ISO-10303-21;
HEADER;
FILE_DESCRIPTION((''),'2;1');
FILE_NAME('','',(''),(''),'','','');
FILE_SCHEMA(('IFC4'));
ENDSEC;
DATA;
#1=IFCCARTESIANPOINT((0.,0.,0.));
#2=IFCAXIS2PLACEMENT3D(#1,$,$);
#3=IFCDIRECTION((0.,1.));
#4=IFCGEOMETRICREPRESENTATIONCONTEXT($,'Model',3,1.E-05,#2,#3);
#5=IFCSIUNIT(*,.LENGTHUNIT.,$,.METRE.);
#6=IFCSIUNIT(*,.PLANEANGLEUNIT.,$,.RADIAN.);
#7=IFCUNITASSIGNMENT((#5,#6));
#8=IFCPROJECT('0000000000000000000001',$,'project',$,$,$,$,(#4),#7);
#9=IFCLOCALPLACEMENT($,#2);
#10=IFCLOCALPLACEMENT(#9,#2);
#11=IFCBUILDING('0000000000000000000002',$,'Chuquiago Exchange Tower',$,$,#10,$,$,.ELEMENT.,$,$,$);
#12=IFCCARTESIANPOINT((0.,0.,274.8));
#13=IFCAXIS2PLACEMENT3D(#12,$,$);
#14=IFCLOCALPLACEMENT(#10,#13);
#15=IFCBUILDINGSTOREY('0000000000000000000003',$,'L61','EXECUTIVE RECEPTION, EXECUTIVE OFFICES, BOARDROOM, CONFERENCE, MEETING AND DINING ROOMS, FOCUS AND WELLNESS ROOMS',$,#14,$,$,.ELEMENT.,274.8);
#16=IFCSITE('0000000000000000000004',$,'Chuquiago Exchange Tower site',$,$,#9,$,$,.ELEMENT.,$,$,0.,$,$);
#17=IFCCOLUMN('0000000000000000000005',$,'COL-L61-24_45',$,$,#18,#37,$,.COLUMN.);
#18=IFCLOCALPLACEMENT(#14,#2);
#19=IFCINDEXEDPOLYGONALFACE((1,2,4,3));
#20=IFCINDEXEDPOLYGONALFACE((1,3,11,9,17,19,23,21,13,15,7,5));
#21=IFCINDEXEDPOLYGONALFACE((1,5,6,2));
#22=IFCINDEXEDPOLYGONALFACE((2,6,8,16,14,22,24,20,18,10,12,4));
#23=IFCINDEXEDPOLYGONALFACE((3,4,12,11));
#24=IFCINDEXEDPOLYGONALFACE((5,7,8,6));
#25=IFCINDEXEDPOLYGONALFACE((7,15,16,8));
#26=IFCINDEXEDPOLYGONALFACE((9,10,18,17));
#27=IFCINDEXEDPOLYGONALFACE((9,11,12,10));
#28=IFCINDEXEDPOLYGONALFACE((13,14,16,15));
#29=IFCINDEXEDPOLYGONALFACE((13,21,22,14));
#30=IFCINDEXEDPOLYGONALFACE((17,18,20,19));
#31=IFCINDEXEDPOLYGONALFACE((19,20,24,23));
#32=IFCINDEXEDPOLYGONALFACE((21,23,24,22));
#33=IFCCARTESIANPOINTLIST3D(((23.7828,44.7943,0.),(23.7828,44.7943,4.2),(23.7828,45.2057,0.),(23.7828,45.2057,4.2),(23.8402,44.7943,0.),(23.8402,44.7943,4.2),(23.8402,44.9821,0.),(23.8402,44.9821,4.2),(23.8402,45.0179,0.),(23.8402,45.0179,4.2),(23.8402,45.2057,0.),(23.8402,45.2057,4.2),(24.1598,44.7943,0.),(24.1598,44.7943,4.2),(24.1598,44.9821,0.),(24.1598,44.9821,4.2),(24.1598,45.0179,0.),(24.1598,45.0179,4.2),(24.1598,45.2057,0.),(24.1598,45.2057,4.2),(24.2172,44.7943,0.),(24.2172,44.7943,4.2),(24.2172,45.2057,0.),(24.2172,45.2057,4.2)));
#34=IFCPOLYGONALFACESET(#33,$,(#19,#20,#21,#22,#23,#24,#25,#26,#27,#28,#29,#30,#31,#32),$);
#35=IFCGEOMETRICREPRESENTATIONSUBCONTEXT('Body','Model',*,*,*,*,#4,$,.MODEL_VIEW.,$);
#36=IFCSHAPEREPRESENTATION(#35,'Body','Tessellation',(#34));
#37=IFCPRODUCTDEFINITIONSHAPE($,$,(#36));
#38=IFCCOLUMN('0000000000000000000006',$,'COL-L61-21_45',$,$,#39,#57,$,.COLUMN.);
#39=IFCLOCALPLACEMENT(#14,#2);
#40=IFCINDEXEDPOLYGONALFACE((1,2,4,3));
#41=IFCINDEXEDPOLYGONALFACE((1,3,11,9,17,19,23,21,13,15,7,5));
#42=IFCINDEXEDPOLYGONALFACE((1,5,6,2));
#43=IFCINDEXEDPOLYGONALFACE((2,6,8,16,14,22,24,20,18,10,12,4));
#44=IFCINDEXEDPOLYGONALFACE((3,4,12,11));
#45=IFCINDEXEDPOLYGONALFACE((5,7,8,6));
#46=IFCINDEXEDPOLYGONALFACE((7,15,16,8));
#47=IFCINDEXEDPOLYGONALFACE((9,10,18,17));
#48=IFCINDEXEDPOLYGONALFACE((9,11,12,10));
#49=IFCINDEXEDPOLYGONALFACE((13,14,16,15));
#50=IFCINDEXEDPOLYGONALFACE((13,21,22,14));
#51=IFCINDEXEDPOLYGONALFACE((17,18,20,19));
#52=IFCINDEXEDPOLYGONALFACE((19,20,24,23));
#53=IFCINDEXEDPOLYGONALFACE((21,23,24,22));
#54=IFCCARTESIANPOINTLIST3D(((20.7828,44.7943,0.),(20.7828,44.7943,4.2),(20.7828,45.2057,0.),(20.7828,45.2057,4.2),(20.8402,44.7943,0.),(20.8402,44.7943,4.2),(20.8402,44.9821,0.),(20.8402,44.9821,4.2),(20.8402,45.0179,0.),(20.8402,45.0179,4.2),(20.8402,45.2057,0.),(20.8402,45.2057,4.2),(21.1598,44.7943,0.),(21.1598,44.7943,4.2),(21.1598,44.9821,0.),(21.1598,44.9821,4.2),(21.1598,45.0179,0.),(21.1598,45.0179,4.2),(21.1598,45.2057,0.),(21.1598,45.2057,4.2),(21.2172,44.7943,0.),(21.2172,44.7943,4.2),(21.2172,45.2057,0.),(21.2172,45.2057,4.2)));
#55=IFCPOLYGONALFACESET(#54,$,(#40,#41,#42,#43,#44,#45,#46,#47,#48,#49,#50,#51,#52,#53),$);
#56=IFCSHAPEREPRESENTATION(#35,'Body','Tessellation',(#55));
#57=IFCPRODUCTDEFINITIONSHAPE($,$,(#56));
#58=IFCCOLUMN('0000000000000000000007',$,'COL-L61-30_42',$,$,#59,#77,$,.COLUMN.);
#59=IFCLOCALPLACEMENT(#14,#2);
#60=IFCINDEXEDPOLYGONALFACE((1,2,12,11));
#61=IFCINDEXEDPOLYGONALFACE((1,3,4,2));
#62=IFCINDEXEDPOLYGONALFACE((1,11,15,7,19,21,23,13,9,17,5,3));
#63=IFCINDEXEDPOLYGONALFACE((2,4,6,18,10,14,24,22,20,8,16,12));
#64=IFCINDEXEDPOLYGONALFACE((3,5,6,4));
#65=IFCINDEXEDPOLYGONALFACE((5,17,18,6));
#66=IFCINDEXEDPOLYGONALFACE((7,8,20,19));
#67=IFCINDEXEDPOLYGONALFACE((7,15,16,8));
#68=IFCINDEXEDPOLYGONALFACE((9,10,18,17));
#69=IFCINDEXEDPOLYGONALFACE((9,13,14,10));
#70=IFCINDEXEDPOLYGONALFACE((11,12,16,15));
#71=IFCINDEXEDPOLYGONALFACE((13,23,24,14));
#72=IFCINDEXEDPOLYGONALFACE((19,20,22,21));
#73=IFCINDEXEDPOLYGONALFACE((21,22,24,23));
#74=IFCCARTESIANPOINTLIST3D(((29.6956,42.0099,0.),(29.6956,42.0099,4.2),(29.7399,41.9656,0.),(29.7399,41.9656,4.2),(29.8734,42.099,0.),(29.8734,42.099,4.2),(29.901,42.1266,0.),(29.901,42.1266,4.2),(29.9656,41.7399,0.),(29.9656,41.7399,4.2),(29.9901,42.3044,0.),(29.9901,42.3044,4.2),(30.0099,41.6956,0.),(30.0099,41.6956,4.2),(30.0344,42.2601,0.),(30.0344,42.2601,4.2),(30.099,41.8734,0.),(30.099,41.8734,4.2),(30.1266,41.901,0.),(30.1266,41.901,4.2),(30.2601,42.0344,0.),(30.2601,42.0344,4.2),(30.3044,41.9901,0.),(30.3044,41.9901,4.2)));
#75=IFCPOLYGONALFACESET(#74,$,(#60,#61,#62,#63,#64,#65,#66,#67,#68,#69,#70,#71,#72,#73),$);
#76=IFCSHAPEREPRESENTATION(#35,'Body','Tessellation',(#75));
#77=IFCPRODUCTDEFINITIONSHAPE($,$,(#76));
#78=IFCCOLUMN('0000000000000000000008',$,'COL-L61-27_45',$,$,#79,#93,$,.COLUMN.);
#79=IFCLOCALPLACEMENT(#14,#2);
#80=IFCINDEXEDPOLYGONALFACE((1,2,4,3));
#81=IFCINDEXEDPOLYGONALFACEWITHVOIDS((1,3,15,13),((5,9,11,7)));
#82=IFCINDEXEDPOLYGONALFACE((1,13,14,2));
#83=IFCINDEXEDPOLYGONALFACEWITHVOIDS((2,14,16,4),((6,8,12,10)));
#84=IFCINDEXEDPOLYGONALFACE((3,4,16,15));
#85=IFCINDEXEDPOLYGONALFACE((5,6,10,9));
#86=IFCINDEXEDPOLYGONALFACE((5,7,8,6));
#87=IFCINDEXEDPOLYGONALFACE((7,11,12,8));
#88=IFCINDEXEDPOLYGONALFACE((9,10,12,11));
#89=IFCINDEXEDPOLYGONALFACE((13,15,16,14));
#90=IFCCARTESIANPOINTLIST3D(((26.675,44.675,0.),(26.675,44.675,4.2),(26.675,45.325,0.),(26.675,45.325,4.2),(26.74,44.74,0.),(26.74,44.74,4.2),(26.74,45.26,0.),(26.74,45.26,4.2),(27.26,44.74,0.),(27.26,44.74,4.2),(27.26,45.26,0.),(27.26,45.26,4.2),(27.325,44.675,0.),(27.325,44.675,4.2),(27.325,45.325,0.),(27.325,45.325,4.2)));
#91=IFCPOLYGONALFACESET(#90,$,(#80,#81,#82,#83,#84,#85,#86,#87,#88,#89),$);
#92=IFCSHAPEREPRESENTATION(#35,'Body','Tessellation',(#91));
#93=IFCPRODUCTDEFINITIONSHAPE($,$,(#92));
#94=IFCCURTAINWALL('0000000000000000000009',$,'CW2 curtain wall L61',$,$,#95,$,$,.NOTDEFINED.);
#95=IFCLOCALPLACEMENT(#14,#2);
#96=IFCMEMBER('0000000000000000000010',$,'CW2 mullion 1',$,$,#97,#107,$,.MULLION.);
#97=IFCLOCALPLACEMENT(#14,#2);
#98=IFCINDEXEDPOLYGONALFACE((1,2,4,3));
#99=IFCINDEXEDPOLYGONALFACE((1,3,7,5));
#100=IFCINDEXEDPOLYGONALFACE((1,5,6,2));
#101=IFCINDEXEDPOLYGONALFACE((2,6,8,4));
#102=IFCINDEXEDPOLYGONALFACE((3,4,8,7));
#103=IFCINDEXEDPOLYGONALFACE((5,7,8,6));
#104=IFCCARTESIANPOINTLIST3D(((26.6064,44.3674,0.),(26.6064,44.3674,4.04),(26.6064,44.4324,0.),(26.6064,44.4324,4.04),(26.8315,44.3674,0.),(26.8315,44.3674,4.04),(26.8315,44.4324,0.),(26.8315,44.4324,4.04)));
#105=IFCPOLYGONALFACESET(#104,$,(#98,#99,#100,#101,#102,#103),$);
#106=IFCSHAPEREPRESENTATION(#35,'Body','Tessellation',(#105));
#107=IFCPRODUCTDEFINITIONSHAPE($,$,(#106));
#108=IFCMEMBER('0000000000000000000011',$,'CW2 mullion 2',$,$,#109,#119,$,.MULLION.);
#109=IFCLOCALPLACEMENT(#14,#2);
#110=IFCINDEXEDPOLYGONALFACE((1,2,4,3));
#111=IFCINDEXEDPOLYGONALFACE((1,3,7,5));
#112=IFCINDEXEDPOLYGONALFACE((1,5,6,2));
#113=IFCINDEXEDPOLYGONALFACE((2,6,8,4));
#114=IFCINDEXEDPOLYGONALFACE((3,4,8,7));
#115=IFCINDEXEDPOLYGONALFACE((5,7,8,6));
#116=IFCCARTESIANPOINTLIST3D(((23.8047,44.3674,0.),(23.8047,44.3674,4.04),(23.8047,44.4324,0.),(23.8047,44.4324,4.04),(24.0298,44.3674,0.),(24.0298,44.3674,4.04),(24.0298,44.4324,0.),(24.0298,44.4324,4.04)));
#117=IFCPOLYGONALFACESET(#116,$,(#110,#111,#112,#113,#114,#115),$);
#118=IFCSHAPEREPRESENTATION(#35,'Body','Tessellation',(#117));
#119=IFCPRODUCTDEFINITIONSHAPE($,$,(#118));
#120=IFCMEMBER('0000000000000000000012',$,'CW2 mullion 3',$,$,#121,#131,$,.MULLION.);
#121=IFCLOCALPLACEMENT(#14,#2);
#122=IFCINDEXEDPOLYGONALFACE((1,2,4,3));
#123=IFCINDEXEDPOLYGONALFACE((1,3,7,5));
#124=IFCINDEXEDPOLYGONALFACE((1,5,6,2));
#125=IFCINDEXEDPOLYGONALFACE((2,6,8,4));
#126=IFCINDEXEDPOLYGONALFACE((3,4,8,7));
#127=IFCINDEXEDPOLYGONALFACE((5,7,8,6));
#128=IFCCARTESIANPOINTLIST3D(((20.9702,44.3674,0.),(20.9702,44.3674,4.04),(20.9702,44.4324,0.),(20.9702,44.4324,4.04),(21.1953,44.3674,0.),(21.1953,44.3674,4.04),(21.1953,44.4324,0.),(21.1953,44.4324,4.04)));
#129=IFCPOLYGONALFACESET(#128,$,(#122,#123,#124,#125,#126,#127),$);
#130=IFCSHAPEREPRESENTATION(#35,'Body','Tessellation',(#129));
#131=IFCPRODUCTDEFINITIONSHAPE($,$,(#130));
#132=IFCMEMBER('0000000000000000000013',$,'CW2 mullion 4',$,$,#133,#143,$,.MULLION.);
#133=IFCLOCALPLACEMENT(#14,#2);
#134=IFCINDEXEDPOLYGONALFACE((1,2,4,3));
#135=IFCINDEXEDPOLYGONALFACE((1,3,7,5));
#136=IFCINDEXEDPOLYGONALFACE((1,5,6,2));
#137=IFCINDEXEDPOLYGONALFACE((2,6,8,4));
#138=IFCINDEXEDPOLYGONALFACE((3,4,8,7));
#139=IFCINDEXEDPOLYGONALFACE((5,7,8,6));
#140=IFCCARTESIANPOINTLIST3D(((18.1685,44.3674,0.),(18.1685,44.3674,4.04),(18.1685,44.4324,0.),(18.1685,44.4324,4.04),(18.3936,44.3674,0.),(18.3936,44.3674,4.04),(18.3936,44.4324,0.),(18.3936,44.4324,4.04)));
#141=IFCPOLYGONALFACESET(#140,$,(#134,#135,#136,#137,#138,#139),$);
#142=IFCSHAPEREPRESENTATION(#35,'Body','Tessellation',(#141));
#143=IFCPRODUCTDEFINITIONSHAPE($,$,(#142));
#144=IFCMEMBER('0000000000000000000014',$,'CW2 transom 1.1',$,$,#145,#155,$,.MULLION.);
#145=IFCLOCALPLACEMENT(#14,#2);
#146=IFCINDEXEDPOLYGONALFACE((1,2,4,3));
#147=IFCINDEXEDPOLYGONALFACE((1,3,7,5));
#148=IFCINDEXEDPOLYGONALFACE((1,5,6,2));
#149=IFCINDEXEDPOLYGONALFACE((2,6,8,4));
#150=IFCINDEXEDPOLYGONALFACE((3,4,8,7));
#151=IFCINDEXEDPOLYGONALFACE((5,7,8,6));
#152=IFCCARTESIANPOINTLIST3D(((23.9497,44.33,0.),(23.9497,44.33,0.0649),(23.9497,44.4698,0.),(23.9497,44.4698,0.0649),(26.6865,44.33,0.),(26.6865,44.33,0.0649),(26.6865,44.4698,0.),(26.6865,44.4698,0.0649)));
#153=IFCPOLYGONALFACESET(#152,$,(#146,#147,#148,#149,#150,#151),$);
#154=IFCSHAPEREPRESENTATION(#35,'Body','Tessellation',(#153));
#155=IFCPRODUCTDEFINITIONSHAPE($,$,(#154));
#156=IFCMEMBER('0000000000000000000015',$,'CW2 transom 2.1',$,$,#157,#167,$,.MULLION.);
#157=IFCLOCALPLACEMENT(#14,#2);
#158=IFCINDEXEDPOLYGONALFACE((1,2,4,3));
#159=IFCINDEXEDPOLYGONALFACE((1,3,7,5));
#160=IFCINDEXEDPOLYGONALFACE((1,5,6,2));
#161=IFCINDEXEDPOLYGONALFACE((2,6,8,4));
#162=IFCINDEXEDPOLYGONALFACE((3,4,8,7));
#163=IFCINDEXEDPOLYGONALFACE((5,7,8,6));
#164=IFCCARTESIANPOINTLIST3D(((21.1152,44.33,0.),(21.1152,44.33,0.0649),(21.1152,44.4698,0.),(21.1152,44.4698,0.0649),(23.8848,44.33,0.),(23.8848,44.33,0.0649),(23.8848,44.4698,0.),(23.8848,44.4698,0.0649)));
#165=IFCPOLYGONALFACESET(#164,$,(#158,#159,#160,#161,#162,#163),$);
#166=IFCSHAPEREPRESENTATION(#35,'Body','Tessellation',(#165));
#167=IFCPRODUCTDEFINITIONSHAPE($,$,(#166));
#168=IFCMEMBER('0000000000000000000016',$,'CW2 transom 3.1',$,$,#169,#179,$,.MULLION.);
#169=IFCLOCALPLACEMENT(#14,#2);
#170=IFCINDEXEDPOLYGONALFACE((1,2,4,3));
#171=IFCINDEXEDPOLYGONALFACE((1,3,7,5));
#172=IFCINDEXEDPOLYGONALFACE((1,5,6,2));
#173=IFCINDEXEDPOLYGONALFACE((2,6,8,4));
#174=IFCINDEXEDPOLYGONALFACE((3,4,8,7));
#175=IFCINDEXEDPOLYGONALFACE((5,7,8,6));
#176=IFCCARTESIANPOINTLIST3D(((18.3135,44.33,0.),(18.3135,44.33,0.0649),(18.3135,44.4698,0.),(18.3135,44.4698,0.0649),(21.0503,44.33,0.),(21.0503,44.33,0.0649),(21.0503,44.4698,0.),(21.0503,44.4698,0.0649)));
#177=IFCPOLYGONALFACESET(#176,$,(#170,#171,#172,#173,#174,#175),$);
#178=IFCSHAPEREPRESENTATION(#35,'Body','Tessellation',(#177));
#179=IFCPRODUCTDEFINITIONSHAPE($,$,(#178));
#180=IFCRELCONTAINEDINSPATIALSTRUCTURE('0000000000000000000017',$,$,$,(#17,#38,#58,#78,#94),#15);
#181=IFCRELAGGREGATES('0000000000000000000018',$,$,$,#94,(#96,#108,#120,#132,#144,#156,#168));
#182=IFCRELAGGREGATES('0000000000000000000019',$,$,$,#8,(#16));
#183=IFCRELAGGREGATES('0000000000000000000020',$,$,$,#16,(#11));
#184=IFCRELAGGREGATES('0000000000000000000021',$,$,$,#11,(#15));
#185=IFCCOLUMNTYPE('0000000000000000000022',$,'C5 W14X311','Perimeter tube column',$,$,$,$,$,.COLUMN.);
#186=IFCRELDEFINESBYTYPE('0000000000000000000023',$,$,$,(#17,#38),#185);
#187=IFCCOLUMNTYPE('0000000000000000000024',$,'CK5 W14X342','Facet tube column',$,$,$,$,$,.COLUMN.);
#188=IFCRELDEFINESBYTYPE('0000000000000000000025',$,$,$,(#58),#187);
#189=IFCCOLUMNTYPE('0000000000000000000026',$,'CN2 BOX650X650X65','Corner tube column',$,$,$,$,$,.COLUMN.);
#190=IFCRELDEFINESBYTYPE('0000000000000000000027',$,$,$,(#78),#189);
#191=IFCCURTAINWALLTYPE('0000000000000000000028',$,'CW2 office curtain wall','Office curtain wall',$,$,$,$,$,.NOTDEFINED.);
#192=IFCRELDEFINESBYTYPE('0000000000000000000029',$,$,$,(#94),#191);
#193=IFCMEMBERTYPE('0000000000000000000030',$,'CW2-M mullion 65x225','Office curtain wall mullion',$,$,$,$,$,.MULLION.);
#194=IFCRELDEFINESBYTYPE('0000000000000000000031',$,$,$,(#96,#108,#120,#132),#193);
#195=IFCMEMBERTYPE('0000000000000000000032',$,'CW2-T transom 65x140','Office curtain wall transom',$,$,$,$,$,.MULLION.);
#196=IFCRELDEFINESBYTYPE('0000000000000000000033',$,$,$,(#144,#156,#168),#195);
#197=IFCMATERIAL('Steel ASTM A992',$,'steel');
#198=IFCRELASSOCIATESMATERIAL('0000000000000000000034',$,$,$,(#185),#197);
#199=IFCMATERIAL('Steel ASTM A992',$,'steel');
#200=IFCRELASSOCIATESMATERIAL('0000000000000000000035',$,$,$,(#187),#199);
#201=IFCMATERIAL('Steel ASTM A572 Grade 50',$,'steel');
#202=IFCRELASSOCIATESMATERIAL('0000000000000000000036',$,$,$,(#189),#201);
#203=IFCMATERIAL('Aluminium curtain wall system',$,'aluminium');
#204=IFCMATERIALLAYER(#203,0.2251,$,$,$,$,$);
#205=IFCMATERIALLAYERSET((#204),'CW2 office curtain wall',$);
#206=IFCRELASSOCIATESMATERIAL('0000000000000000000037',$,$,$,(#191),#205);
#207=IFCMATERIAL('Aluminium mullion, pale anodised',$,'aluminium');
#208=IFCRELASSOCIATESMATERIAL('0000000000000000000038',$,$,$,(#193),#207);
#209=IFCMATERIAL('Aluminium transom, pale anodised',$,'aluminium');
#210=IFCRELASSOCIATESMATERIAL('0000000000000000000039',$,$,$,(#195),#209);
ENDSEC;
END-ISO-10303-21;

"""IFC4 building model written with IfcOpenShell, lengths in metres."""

from ifc_helpers import new_model, si_unit, direction, frame, origin, origin_2d, place, context, subcontext, project, spatial, rectangle, hollow_rectangle, i_section, extrude, material, layer, layer_set, material_profile, profile_set, type_object, element, aggregate, save


model = new_model("IFC4")

# Units and contexts
model_context = context("Model", 3, precision=1e-05, world=origin(), true_north=direction((0.0, 1.0)))
body_context = subcontext(model_context, "Body", "Model", "MODEL_VIEW")
ifc_project = project(units=[si_unit("LENGTHUNIT", "METRE"), si_unit("PLANEANGLEUNIT", "RADIAN")], contexts=[model_context])

# Site, building, storey
site_placement = place(None, origin())
site = spatial("IfcSite", under=ifc_project, at=site_placement, Name="Chuquiago Exchange Tower site", CompositionType="ELEMENT", RefElevation=0.0)
building_placement = place(site_placement, origin())
building = spatial("IfcBuilding", under=site, at=building_placement, Name="Chuquiago Exchange Tower", CompositionType="ELEMENT")
storey_placement = place(building_placement, frame((0.0, 0.0, 274.8)))
storey = spatial("IfcBuildingStorey", under=building, at=storey_placement, Name="L61", Description="EXECUTIVE RECEPTION, EXECUTIVE OFFICES, BOARDROOM, CONFERENCE, MEETING AND DINING ROOMS, FOCUS AND WELLNESS ROOMS", CompositionType="ELEMENT", Elevation=274.8)

# Columns
ifc_material_1 = material(Name="Steel ASTM A992", Category="steel")
ifc_material_profile_1 = material_profile(ifc_material_1, i_section(OverallWidth=0.4114, OverallDepth=0.4343, WebThickness=0.0359, FlangeThickness=0.0574, at=origin_2d()), Name="W14X311")
ifc_profile_set_1 = profile_set([ifc_material_profile_1], Name="Steel ASTM A992")
column_type_1 = type_object("IfcColumnType", Name="C5 W14X311", Description="Perimeter tube column", PredefinedType="COLUMN", material=ifc_profile_set_1)
for number, where, z_axis, x_axis, name in (
    (1, (24.0, 45.0, 0.0), (0.0, 0.0, 1.0), (0.0, 1.0, 0.0), "COL-L61-24_45"),
    (2, (21.0, 45.0, 0.0), (0.0, 0.0, 1.0), (0.0, 1.0, 0.0), "COL-L61-21_45"),
):
    element("IfcColumn", number, at=place(storey_placement, frame(where, z_axis=z_axis, x_axis=x_axis)), inside=storey, type_object=column_type_1, Name=name, PredefinedType="COLUMN", context=body_context, shape_type="SweptSolid", body=[
        extrude(i_section(OverallWidth=0.4114, OverallDepth=0.4343, WebThickness=0.0359, FlangeThickness=0.0574, at=origin_2d()), origin(), (0.0, 0.0, 1.0), 4.2),
    ])
ifc_material_2 = material(Name="Steel ASTM A992", Category="steel")
ifc_material_profile_2 = material_profile(ifc_material_2, i_section(OverallWidth=0.4165, OverallDepth=0.4446, WebThickness=0.0391, FlangeThickness=0.0627, at=origin_2d()), Name="W14X342")
ifc_profile_set_2 = profile_set([ifc_material_profile_2], Name="Steel ASTM A992")
column_type_2 = type_object("IfcColumnType", Name="CK5 W14X342", Description="Facet tube column", PredefinedType="COLUMN", material=ifc_profile_set_2)
column_1_placement = place(storey_placement, frame((30.0, 42.0, 0.0), z_axis=(0.0, 0.0, 1.0), x_axis=(0.707107, 0.707107, 0.0)))
element("IfcColumn", 3, at=column_1_placement, inside=storey, type_object=column_type_2, Name="COL-L61-30_42", PredefinedType="COLUMN", context=body_context, shape_type="SweptSolid", body=[
    extrude(i_section(OverallWidth=0.4165, OverallDepth=0.4446, WebThickness=0.0391, FlangeThickness=0.0627, at=origin_2d()), origin(), (0.0, 0.0, 1.0), 4.2),
])
ifc_material_3 = material(Name="Steel ASTM A572 Grade 50", Category="steel")
ifc_material_profile_3 = material_profile(ifc_material_3, hollow_rectangle(XDim=0.6499, YDim=0.6499, WallThickness=0.0649, at=origin_2d()), Name="BOX650X650X65")
ifc_profile_set_3 = profile_set([ifc_material_profile_3], Name="Steel ASTM A572 Grade 50")
column_type_3 = type_object("IfcColumnType", Name="CN2 BOX650X650X65", Description="Corner tube column", PredefinedType="COLUMN", material=ifc_profile_set_3)
column_2_placement = place(storey_placement, frame((27.0, 45.0, 0.0), z_axis=(0.0, 0.0, 1.0), x_axis=(0.0, 1.0, 0.0)))
element("IfcColumn", 4, at=column_2_placement, inside=storey, type_object=column_type_3, Name="COL-L61-27_45", PredefinedType="COLUMN", context=body_context, shape_type="SweptSolid", body=[
    extrude(hollow_rectangle(XDim=0.6499, YDim=0.6499, WallThickness=0.0649, at=origin_2d()), origin(), (0.0, 0.0, 1.0), 4.2),
])

# Curtain wall, members
ifc_material_4 = material(Name="Aluminium curtain wall system", Category="aluminium")
ifc_layer_1 = layer(ifc_material_4, 0.2251)
ifc_layer_set_1 = layer_set([ifc_layer_1], Name="CW2 office curtain wall")
curtain_wall_type_1 = type_object("IfcCurtainWallType", Name="CW2 office curtain wall", Description="Office curtain wall", PredefinedType="NOTDEFINED", material=ifc_layer_set_1)
curtain_wall_1_placement = place(storey_placement, origin())
curtain_wall_1 = element("IfcCurtainWall", 5, at=curtain_wall_1_placement, inside=storey, type_object=curtain_wall_type_1, Name="CW2 curtain wall L61", PredefinedType="NOTDEFINED")
ifc_material_5 = material(Name="Aluminium mullion, pale anodised", Category="aluminium")
ifc_material_profile_4 = material_profile(ifc_material_5, rectangle(XDim=0.0649, YDim=0.2251, at=origin_2d()), Name="AL 65x225")
ifc_profile_set_4 = profile_set([ifc_material_profile_4], Name="Aluminium mullion, pale anodised")
member_type_1 = type_object("IfcMemberType", Name="CW2-M mullion 65x225", Description="Office curtain wall mullion", PredefinedType="MULLION", material=ifc_profile_set_4)
member_1_placement = place(storey_placement, frame((26.719, 44.3999, 0.0), z_axis=(0.0, 0.0, 1.0), x_axis=(0.0, -1.0, 0.0)))
member_1 = element("IfcMember", 6, at=member_1_placement, type_object=member_type_1, Name="CW2 mullion 1", PredefinedType="MULLION", context=body_context, shape_type="SweptSolid", body=[
    extrude(rectangle(XDim=0.0649, YDim=0.2251, at=origin_2d()), origin(), (0.0, 0.0, 1.0), 4.04),
])
member_2_placement = place(storey_placement, frame((23.9172, 44.3999, 0.0), z_axis=(0.0, 0.0, 1.0), x_axis=(0.0, -1.0, 0.0)))
member_2 = element("IfcMember", 7, at=member_2_placement, type_object=member_type_1, Name="CW2 mullion 2", PredefinedType="MULLION", context=body_context, shape_type="SweptSolid", body=[
    extrude(rectangle(XDim=0.0649, YDim=0.2251, at=origin_2d()), origin(), (0.0, 0.0, 1.0), 4.04),
])
member_3_placement = place(storey_placement, frame((21.0828, 44.3999, 0.0), z_axis=(0.0, 0.0, 1.0), x_axis=(0.0, -1.0, 0.0)))
member_3 = element("IfcMember", 8, at=member_3_placement, type_object=member_type_1, Name="CW2 mullion 3", PredefinedType="MULLION", context=body_context, shape_type="SweptSolid", body=[
    extrude(rectangle(XDim=0.0649, YDim=0.2251, at=origin_2d()), origin(), (0.0, 0.0, 1.0), 4.04),
])
member_4_placement = place(storey_placement, frame((18.281, 44.3999, 0.0), z_axis=(0.0, 0.0, 1.0), x_axis=(0.0, -1.0, 0.0)))
member_4 = element("IfcMember", 9, at=member_4_placement, type_object=member_type_1, Name="CW2 mullion 4", PredefinedType="MULLION", context=body_context, shape_type="SweptSolid", body=[
    extrude(rectangle(XDim=0.0649, YDim=0.2251, at=origin_2d()), origin(), (0.0, 0.0, 1.0), 4.04),
])
ifc_material_6 = material(Name="Aluminium transom, pale anodised", Category="aluminium")
ifc_material_profile_5 = material_profile(ifc_material_6, rectangle(XDim=0.1399, YDim=0.0649, at=origin_2d()), Name="AL 140x65")
ifc_profile_set_5 = profile_set([ifc_material_profile_5], Name="Aluminium transom, pale anodised")
member_type_2 = type_object("IfcMemberType", Name="CW2-T transom 65x140", Description="Office curtain wall transom", PredefinedType="MULLION", material=ifc_profile_set_5)
member_5_placement = place(storey_placement, frame((26.6865, 44.3999, 0.0325), z_axis=(-1.0, 0.0, 0.0), x_axis=(0.0, -1.0, 0.0)))
member_5 = element("IfcMember", 10, at=member_5_placement, type_object=member_type_2, Name="CW2 transom 1.1", PredefinedType="MULLION", context=body_context, shape_type="SweptSolid", body=[
    extrude(rectangle(XDim=0.1399, YDim=0.0649, at=origin_2d()), origin(), (0.0, 0.0, 1.0), 2.7368),
])
member_6_placement = place(storey_placement, frame((23.8848, 44.3999, 0.0325), z_axis=(-1.0, 0.0, 0.0), x_axis=(0.0, -1.0, 0.0)))
member_6 = element("IfcMember", 11, at=member_6_placement, type_object=member_type_2, Name="CW2 transom 2.1", PredefinedType="MULLION", context=body_context, shape_type="SweptSolid", body=[
    extrude(rectangle(XDim=0.1399, YDim=0.0649, at=origin_2d()), origin(), (0.0, 0.0, 1.0), 2.7695),
])
member_7_placement = place(storey_placement, frame((21.0503, 44.3999, 0.0325), z_axis=(-1.0, 0.0, 0.0), x_axis=(0.0, -1.0, 0.0)))
member_7 = element("IfcMember", 12, at=member_7_placement, type_object=member_type_2, Name="CW2 transom 3.1", PredefinedType="MULLION", context=body_context, shape_type="SweptSolid", body=[
    extrude(rectangle(XDim=0.1399, YDim=0.0649, at=origin_2d()), origin(), (0.0, 0.0, 1.0), 2.7368),
])

aggregate(curtain_wall_1, [member_1, member_2, member_3, member_4, member_5, member_6, member_7])

save(model, "model.ifc")
